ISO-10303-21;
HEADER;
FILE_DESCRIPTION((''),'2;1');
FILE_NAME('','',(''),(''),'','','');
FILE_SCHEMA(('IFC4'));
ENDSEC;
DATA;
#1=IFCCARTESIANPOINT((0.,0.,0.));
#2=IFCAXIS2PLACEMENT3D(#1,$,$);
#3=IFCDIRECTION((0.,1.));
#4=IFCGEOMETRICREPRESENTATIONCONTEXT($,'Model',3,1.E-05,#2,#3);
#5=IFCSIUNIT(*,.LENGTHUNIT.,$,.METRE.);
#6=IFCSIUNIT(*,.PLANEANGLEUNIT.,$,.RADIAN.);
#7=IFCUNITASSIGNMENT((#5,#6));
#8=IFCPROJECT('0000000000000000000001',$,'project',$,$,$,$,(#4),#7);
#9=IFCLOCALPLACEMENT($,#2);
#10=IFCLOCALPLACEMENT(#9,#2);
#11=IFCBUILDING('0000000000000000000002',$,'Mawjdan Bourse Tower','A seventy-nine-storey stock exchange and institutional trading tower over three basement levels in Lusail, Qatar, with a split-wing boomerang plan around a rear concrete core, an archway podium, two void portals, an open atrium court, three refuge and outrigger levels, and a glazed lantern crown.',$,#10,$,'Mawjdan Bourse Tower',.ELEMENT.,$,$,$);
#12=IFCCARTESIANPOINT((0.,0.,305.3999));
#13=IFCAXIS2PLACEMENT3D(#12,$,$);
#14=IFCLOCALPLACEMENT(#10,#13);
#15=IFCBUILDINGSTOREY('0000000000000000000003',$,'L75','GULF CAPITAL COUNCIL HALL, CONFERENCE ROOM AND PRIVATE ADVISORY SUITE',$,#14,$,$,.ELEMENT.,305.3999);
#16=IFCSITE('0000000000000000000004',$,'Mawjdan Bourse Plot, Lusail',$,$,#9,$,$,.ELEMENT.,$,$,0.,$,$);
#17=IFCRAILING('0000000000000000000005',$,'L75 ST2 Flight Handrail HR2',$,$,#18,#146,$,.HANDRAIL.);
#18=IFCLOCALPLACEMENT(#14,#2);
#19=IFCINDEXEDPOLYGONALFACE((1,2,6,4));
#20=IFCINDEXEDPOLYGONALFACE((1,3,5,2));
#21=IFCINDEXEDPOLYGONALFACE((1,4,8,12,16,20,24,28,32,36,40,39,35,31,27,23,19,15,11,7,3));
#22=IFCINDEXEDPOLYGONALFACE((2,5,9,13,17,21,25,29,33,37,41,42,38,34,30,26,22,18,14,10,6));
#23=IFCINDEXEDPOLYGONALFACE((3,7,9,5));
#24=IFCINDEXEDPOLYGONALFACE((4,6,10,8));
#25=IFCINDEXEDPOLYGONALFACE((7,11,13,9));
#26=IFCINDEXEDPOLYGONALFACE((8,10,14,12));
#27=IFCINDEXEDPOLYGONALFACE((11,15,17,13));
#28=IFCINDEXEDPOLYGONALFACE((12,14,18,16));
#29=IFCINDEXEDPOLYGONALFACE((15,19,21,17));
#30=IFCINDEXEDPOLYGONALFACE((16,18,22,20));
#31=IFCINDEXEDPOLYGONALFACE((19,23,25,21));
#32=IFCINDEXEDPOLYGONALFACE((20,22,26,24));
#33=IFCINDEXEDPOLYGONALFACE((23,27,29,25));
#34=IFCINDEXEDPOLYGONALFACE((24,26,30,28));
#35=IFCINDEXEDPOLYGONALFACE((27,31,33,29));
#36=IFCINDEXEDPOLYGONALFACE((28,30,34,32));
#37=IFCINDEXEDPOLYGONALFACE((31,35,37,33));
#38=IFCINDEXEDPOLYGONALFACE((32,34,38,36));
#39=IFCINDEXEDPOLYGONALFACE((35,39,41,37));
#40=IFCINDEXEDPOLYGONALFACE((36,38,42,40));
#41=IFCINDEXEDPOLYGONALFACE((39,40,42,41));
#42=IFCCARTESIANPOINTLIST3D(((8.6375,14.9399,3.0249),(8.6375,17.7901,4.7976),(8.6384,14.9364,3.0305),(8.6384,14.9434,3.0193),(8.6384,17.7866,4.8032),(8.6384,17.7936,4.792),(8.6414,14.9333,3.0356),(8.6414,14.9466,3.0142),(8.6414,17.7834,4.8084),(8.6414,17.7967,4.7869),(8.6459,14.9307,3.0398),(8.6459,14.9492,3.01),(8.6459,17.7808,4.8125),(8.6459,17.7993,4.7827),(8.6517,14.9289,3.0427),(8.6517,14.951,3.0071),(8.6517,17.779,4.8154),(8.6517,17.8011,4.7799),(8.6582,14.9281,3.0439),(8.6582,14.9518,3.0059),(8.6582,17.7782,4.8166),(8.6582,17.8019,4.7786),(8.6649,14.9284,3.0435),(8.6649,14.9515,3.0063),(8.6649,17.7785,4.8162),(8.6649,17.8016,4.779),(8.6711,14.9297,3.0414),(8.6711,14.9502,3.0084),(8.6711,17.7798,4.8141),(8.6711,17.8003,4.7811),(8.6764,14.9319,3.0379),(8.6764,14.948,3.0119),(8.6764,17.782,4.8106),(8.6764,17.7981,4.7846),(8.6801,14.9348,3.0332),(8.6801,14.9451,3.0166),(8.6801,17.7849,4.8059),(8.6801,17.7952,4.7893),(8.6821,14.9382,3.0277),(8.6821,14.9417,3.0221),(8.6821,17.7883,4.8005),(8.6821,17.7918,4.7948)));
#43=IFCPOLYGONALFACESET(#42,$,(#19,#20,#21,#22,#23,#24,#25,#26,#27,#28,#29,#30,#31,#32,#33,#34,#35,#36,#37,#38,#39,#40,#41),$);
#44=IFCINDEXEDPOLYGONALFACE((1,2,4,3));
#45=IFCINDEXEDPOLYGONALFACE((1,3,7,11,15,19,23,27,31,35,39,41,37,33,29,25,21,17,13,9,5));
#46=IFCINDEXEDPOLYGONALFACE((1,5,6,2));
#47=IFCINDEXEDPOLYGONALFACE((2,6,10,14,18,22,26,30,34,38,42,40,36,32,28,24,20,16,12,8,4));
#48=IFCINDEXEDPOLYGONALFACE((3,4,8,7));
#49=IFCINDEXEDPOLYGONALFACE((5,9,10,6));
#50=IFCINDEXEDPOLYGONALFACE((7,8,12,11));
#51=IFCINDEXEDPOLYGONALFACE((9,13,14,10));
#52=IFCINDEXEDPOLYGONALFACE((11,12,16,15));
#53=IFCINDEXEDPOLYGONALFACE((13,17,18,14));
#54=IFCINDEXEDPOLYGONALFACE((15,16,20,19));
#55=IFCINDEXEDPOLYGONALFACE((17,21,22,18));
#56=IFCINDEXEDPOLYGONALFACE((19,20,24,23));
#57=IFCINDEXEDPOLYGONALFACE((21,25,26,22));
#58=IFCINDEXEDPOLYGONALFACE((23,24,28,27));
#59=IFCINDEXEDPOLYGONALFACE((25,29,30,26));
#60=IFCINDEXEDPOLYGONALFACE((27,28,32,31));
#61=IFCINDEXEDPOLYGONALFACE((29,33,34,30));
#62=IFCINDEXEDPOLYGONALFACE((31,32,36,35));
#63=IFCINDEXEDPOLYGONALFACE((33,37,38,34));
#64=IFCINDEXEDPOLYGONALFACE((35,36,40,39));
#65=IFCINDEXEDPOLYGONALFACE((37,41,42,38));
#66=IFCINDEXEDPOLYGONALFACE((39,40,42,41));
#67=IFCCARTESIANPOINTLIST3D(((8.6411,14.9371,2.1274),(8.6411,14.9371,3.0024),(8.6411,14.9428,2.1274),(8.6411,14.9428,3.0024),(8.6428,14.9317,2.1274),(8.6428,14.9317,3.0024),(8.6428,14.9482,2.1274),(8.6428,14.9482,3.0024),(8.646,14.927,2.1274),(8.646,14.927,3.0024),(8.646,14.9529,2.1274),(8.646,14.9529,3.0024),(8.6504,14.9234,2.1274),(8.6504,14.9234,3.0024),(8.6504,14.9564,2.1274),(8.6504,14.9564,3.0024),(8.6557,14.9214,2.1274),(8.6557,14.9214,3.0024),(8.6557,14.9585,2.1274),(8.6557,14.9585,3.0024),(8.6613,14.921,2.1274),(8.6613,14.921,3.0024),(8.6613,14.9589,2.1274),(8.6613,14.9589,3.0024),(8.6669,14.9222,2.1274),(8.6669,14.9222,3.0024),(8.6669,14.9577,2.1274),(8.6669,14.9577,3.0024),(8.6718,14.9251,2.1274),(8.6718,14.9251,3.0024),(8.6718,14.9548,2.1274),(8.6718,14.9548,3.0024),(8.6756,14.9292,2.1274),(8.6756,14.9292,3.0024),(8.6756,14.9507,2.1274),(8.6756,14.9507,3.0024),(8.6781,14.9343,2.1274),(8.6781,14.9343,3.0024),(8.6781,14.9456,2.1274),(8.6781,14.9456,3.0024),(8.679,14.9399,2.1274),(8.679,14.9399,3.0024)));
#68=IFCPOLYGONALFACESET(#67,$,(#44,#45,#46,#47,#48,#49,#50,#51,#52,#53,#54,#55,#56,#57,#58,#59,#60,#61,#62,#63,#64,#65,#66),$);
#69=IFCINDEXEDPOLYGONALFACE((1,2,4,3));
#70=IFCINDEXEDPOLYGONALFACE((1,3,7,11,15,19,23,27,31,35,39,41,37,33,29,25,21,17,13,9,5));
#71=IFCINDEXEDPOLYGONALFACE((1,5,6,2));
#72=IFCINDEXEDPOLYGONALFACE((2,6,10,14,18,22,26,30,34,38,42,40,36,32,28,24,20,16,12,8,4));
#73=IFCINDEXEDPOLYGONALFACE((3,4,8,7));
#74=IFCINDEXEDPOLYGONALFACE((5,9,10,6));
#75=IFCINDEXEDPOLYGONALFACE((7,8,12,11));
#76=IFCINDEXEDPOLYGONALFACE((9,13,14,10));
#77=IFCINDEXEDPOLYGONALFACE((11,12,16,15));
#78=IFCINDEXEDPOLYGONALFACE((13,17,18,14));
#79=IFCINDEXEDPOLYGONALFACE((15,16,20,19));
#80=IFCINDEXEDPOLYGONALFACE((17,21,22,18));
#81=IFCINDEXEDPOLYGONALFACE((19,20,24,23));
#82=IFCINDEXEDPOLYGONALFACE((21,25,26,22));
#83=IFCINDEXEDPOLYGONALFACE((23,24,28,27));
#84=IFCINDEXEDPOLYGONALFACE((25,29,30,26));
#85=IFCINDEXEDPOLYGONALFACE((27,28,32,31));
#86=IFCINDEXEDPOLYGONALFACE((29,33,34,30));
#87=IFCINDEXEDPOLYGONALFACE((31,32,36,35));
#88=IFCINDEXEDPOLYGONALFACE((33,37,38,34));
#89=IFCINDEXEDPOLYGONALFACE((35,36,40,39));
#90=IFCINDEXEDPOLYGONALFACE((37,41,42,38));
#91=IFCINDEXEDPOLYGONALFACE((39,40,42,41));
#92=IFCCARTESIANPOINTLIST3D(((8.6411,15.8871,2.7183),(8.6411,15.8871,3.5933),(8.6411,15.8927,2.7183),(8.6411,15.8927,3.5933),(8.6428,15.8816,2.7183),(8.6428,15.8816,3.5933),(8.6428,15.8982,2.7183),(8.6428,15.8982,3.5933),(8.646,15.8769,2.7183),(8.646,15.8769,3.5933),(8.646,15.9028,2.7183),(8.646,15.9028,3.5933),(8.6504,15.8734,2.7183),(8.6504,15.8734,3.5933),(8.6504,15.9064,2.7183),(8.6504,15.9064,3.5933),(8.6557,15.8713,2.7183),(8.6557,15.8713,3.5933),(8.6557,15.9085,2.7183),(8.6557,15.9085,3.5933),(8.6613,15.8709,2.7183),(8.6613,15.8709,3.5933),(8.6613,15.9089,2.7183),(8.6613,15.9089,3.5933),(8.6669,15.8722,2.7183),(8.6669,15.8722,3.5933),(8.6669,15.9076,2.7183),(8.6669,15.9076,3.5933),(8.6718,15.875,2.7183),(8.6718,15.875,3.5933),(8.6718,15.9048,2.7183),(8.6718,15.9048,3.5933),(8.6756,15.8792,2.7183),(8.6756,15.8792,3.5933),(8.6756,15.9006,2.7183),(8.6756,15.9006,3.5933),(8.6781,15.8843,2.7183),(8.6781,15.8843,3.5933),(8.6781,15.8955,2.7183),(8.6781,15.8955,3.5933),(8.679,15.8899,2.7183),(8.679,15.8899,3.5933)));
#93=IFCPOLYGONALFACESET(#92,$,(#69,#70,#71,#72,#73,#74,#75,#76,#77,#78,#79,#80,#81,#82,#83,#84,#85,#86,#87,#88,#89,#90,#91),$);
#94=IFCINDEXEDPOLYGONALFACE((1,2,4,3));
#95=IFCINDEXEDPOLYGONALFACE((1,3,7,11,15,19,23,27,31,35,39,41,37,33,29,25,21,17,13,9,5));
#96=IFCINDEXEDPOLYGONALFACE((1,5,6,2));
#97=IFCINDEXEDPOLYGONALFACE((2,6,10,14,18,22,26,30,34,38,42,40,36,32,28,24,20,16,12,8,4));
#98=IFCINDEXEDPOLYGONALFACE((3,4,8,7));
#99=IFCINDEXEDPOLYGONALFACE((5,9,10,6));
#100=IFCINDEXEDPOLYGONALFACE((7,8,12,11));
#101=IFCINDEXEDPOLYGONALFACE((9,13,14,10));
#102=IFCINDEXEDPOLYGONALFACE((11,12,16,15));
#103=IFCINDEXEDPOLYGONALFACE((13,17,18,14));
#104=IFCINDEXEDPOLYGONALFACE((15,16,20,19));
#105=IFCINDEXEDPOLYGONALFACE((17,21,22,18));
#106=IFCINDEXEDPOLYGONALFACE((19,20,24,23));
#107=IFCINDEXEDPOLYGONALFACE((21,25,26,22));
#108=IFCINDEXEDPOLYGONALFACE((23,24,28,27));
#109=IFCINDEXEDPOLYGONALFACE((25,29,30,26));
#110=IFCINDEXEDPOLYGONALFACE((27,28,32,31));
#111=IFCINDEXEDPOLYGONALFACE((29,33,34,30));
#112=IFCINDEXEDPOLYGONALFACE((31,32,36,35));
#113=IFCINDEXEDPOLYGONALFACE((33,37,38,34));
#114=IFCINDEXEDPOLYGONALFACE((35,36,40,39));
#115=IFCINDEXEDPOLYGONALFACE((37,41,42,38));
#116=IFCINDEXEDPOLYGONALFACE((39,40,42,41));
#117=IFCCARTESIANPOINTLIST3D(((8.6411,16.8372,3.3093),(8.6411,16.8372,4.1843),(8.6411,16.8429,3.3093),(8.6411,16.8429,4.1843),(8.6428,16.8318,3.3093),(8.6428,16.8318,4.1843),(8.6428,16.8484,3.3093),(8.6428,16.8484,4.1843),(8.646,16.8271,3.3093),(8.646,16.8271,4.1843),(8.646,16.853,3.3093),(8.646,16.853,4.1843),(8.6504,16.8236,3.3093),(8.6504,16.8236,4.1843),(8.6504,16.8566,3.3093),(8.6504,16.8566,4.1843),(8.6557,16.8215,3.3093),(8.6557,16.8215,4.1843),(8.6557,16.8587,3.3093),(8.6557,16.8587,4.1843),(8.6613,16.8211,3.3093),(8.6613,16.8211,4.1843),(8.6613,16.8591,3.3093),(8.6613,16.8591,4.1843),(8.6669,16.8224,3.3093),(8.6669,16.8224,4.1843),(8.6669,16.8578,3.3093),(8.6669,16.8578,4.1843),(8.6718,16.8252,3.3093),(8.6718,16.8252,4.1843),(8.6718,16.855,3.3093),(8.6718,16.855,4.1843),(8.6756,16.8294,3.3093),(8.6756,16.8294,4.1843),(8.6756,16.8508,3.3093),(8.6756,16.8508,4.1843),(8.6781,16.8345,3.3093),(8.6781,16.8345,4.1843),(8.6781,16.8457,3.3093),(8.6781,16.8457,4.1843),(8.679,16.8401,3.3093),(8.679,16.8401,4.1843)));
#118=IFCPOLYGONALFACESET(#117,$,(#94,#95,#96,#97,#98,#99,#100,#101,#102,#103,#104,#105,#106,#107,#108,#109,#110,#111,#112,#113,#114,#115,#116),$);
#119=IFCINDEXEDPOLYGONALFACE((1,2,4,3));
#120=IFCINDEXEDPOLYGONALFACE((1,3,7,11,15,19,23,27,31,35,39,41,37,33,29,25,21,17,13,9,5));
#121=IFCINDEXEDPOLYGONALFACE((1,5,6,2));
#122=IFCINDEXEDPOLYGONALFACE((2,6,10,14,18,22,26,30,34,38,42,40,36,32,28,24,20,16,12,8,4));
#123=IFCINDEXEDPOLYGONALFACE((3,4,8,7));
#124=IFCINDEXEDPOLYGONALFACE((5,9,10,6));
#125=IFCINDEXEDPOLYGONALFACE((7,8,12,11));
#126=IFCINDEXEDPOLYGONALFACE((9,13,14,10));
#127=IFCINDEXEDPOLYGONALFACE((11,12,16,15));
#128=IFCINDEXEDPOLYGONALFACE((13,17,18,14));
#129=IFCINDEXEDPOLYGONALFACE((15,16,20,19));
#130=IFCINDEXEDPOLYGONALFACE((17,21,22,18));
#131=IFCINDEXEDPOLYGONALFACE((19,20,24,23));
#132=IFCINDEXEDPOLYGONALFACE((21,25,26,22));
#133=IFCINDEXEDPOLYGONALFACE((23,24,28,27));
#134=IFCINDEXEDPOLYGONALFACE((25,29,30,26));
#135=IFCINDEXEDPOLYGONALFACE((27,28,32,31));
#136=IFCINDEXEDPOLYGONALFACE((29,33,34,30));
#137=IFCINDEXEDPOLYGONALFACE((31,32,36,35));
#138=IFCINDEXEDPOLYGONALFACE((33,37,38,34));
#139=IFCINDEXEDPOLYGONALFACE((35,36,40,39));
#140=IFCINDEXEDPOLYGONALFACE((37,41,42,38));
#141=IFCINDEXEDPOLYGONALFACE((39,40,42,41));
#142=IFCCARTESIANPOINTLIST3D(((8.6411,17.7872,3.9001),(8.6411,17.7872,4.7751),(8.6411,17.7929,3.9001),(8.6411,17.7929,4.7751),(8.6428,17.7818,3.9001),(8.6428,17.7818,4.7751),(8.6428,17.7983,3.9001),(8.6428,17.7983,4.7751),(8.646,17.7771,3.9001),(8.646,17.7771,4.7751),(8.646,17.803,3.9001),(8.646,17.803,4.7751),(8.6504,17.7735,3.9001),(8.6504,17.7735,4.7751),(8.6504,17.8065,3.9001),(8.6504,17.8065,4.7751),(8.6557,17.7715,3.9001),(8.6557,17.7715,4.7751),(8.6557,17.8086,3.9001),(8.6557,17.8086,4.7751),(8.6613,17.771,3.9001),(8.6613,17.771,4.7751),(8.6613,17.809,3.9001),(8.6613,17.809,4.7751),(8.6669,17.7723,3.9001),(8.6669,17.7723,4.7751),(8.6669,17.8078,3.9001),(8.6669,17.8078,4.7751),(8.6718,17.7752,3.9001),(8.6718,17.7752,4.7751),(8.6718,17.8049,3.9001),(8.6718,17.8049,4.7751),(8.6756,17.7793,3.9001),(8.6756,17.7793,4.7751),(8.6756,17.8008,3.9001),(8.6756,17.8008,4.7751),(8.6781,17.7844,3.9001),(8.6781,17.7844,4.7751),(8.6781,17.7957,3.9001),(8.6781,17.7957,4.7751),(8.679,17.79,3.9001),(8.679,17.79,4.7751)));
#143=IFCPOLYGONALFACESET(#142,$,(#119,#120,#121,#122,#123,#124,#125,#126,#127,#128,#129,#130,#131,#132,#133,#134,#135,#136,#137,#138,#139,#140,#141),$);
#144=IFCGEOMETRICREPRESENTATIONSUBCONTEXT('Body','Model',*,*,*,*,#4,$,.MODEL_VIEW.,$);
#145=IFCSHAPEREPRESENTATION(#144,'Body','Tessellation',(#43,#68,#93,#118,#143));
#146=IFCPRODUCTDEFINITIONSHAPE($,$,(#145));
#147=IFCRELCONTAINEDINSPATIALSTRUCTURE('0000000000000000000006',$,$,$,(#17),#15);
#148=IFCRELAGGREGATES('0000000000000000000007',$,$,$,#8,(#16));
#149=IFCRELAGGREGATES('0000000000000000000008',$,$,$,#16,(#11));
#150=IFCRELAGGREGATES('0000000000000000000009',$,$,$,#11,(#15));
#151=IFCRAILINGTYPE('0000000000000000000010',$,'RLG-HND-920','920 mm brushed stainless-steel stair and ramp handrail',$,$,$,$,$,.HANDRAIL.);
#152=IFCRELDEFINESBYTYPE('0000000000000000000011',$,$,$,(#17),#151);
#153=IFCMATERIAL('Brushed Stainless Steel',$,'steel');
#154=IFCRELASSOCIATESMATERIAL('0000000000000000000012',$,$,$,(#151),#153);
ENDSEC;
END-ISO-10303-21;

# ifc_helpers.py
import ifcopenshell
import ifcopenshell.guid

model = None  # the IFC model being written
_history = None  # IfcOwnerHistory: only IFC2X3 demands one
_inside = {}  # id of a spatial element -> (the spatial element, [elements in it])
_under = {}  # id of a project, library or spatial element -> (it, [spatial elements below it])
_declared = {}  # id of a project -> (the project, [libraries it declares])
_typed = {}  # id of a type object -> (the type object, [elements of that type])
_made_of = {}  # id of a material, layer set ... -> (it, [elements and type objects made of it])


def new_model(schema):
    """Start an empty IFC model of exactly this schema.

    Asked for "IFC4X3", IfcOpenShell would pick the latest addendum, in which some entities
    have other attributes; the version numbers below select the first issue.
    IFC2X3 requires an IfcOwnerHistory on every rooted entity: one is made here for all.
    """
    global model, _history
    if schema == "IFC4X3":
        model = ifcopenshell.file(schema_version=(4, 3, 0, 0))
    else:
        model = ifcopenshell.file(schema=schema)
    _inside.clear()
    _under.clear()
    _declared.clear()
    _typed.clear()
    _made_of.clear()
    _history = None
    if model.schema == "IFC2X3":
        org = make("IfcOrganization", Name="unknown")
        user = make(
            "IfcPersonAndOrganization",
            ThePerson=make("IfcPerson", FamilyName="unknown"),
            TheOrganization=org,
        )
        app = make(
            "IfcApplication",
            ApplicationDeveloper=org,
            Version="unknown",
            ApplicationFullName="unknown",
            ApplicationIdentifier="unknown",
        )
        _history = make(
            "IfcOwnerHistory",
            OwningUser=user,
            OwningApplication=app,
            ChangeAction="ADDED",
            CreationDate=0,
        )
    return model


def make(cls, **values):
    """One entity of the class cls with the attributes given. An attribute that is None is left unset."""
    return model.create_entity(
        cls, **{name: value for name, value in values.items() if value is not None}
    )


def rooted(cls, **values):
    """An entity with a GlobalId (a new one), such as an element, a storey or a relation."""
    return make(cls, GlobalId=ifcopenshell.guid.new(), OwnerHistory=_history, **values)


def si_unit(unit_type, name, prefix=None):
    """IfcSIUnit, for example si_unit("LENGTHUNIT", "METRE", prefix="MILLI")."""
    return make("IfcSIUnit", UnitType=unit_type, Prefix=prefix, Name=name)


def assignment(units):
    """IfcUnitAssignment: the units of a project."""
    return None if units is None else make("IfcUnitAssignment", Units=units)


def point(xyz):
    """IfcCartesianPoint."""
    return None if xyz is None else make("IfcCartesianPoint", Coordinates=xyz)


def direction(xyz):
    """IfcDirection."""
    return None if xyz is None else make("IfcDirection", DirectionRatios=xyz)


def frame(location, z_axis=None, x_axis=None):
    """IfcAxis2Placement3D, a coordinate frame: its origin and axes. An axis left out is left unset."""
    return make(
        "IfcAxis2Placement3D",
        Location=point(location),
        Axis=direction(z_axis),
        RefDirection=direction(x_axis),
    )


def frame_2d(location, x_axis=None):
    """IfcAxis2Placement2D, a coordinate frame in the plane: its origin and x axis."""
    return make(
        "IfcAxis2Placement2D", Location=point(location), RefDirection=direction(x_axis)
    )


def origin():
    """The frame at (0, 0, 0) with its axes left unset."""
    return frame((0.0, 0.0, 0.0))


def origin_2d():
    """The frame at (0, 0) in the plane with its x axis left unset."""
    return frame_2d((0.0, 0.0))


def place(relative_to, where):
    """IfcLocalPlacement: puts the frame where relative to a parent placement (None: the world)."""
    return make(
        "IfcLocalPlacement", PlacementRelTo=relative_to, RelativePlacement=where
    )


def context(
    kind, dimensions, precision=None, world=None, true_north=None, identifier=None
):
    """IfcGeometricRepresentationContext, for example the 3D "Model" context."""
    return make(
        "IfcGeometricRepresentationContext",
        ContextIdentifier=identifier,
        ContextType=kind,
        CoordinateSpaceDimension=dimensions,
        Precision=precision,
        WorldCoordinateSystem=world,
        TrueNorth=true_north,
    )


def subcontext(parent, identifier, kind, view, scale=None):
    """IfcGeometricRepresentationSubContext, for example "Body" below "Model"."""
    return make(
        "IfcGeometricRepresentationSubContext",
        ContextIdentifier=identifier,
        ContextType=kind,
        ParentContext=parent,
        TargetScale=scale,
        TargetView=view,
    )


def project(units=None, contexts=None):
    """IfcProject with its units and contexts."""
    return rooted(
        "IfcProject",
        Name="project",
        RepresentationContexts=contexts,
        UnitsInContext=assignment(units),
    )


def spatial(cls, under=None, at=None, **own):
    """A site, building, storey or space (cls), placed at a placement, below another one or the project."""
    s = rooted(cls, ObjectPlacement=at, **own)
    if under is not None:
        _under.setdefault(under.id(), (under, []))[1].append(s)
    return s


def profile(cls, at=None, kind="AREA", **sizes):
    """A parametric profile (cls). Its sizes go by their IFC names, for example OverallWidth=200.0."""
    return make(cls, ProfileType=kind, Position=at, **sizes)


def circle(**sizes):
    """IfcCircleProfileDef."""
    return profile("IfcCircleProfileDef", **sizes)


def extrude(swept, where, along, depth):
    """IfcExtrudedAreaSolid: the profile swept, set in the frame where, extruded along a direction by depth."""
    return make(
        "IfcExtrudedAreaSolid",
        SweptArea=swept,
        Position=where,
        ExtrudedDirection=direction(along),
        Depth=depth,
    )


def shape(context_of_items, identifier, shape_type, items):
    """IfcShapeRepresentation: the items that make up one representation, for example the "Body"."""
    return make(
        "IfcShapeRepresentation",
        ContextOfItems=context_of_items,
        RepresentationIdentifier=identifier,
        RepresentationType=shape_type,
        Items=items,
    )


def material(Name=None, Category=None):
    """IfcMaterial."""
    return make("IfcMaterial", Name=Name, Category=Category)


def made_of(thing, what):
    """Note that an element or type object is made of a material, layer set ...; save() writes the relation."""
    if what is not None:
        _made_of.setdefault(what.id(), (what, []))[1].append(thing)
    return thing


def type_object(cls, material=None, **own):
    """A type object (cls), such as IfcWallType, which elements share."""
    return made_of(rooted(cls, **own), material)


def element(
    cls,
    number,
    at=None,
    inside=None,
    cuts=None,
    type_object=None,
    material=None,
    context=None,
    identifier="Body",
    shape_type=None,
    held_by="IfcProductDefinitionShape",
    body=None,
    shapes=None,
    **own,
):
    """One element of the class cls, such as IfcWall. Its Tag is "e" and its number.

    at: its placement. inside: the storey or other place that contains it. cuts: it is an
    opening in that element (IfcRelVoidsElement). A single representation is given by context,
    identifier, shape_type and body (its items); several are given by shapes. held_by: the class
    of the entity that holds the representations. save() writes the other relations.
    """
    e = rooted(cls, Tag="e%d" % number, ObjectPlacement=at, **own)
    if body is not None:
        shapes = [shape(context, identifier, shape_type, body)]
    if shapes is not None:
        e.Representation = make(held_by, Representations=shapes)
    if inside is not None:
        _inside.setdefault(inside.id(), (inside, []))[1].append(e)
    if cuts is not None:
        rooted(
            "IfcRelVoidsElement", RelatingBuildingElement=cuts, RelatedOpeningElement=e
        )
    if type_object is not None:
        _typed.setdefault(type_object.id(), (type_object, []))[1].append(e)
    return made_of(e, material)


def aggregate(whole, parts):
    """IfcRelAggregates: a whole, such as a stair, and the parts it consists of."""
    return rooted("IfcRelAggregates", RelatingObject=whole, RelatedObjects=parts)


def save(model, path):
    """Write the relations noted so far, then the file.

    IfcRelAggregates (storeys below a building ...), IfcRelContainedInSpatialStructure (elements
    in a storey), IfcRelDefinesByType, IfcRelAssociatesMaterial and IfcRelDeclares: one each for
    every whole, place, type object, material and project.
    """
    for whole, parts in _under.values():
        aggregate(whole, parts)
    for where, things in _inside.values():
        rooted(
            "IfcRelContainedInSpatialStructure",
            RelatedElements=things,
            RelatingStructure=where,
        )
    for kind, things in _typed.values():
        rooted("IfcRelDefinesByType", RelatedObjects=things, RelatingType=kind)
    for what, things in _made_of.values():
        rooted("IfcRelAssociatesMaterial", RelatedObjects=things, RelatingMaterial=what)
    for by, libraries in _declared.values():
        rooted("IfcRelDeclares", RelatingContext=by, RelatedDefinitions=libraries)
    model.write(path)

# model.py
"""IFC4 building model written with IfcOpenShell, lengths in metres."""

from ifc_helpers import new_model, si_unit, direction, frame, origin, origin_2d, place, context, subcontext, project, spatial, circle, extrude, material, type_object, element, save


model = new_model("IFC4")

# Units and contexts
model_context = context("Model", 3, precision=1e-05, world=origin(), true_north=direction((0.0, 1.0)))
body_context = subcontext(model_context, "Body", "Model", "MODEL_VIEW")
ifc_project = project(units=[si_unit("LENGTHUNIT", "METRE"), si_unit("PLANEANGLEUNIT", "RADIAN")], contexts=[model_context])

# Site, building, storey
site_placement = place(None, origin())
site = spatial("IfcSite", under=ifc_project, at=site_placement, Name="Mawjdan Bourse Plot, Lusail", CompositionType="ELEMENT", RefElevation=0.0)
building_placement = place(site_placement, origin())
building = spatial("IfcBuilding", under=site, at=building_placement, Name="Mawjdan Bourse Tower", Description="A seventy-nine-storey stock exchange and institutional trading tower over three basement levels in Lusail, Qatar, with a split-wing boomerang plan around a rear concrete core, an archway podium, two void portals, an open atrium court, three refuge and outrigger levels, and a glazed lantern crown.", LongName="Mawjdan Bourse Tower", CompositionType="ELEMENT")
storey_placement = place(building_placement, frame((0.0, 0.0, 305.3999)))
storey = spatial("IfcBuildingStorey", under=building, at=storey_placement, Name="L75", Description="GULF CAPITAL COUNCIL HALL, CONFERENCE ROOM AND PRIVATE ADVISORY SUITE", CompositionType="ELEMENT", Elevation=305.3999)

# Railing
ifc_material_1 = material(Name="Brushed Stainless Steel", Category="steel")
railing_type_1 = type_object("IfcRailingType", Name="RLG-HND-920", Description="920 mm brushed stainless-steel stair and ramp handrail", PredefinedType="HANDRAIL", material=ifc_material_1)
railing_placement = place(storey_placement, frame((8.6599, 14.9399, 2.1274)))
element("IfcRailing", 1, at=railing_placement, inside=storey, type_object=railing_type_1, Name="L75 ST2 Flight Handrail HR2", PredefinedType="HANDRAIL", context=body_context, shape_type="SweptSolid", body=[
    extrude(circle(Radius=0.0225, at=origin_2d()), frame((0.0, 0.0, 0.8975), z_axis=(0.0, 0.849149, 0.528154), x_axis=(-1.0, 0.0, 0.0)), (0.0, 0.0, 1.0), 3.3564),
    extrude(circle(Radius=0.019, at=origin_2d()), origin(), (0.0, 0.0, 1.0), 0.875),
    extrude(circle(Radius=0.019, at=origin_2d()), frame((0.0, 0.95, 0.5908)), (0.0, 0.0, 1.0), 0.875),
    extrude(circle(Radius=0.019, at=origin_2d()), frame((0.0, 1.9001, 1.1819)), (0.0, 0.0, 1.0), 0.875),
    extrude(circle(Radius=0.019, at=origin_2d()), frame((0.0, 2.8501, 1.7727)), (0.0, 0.0, 1.0), 0.875),
])

save(model, "model.ifc")
